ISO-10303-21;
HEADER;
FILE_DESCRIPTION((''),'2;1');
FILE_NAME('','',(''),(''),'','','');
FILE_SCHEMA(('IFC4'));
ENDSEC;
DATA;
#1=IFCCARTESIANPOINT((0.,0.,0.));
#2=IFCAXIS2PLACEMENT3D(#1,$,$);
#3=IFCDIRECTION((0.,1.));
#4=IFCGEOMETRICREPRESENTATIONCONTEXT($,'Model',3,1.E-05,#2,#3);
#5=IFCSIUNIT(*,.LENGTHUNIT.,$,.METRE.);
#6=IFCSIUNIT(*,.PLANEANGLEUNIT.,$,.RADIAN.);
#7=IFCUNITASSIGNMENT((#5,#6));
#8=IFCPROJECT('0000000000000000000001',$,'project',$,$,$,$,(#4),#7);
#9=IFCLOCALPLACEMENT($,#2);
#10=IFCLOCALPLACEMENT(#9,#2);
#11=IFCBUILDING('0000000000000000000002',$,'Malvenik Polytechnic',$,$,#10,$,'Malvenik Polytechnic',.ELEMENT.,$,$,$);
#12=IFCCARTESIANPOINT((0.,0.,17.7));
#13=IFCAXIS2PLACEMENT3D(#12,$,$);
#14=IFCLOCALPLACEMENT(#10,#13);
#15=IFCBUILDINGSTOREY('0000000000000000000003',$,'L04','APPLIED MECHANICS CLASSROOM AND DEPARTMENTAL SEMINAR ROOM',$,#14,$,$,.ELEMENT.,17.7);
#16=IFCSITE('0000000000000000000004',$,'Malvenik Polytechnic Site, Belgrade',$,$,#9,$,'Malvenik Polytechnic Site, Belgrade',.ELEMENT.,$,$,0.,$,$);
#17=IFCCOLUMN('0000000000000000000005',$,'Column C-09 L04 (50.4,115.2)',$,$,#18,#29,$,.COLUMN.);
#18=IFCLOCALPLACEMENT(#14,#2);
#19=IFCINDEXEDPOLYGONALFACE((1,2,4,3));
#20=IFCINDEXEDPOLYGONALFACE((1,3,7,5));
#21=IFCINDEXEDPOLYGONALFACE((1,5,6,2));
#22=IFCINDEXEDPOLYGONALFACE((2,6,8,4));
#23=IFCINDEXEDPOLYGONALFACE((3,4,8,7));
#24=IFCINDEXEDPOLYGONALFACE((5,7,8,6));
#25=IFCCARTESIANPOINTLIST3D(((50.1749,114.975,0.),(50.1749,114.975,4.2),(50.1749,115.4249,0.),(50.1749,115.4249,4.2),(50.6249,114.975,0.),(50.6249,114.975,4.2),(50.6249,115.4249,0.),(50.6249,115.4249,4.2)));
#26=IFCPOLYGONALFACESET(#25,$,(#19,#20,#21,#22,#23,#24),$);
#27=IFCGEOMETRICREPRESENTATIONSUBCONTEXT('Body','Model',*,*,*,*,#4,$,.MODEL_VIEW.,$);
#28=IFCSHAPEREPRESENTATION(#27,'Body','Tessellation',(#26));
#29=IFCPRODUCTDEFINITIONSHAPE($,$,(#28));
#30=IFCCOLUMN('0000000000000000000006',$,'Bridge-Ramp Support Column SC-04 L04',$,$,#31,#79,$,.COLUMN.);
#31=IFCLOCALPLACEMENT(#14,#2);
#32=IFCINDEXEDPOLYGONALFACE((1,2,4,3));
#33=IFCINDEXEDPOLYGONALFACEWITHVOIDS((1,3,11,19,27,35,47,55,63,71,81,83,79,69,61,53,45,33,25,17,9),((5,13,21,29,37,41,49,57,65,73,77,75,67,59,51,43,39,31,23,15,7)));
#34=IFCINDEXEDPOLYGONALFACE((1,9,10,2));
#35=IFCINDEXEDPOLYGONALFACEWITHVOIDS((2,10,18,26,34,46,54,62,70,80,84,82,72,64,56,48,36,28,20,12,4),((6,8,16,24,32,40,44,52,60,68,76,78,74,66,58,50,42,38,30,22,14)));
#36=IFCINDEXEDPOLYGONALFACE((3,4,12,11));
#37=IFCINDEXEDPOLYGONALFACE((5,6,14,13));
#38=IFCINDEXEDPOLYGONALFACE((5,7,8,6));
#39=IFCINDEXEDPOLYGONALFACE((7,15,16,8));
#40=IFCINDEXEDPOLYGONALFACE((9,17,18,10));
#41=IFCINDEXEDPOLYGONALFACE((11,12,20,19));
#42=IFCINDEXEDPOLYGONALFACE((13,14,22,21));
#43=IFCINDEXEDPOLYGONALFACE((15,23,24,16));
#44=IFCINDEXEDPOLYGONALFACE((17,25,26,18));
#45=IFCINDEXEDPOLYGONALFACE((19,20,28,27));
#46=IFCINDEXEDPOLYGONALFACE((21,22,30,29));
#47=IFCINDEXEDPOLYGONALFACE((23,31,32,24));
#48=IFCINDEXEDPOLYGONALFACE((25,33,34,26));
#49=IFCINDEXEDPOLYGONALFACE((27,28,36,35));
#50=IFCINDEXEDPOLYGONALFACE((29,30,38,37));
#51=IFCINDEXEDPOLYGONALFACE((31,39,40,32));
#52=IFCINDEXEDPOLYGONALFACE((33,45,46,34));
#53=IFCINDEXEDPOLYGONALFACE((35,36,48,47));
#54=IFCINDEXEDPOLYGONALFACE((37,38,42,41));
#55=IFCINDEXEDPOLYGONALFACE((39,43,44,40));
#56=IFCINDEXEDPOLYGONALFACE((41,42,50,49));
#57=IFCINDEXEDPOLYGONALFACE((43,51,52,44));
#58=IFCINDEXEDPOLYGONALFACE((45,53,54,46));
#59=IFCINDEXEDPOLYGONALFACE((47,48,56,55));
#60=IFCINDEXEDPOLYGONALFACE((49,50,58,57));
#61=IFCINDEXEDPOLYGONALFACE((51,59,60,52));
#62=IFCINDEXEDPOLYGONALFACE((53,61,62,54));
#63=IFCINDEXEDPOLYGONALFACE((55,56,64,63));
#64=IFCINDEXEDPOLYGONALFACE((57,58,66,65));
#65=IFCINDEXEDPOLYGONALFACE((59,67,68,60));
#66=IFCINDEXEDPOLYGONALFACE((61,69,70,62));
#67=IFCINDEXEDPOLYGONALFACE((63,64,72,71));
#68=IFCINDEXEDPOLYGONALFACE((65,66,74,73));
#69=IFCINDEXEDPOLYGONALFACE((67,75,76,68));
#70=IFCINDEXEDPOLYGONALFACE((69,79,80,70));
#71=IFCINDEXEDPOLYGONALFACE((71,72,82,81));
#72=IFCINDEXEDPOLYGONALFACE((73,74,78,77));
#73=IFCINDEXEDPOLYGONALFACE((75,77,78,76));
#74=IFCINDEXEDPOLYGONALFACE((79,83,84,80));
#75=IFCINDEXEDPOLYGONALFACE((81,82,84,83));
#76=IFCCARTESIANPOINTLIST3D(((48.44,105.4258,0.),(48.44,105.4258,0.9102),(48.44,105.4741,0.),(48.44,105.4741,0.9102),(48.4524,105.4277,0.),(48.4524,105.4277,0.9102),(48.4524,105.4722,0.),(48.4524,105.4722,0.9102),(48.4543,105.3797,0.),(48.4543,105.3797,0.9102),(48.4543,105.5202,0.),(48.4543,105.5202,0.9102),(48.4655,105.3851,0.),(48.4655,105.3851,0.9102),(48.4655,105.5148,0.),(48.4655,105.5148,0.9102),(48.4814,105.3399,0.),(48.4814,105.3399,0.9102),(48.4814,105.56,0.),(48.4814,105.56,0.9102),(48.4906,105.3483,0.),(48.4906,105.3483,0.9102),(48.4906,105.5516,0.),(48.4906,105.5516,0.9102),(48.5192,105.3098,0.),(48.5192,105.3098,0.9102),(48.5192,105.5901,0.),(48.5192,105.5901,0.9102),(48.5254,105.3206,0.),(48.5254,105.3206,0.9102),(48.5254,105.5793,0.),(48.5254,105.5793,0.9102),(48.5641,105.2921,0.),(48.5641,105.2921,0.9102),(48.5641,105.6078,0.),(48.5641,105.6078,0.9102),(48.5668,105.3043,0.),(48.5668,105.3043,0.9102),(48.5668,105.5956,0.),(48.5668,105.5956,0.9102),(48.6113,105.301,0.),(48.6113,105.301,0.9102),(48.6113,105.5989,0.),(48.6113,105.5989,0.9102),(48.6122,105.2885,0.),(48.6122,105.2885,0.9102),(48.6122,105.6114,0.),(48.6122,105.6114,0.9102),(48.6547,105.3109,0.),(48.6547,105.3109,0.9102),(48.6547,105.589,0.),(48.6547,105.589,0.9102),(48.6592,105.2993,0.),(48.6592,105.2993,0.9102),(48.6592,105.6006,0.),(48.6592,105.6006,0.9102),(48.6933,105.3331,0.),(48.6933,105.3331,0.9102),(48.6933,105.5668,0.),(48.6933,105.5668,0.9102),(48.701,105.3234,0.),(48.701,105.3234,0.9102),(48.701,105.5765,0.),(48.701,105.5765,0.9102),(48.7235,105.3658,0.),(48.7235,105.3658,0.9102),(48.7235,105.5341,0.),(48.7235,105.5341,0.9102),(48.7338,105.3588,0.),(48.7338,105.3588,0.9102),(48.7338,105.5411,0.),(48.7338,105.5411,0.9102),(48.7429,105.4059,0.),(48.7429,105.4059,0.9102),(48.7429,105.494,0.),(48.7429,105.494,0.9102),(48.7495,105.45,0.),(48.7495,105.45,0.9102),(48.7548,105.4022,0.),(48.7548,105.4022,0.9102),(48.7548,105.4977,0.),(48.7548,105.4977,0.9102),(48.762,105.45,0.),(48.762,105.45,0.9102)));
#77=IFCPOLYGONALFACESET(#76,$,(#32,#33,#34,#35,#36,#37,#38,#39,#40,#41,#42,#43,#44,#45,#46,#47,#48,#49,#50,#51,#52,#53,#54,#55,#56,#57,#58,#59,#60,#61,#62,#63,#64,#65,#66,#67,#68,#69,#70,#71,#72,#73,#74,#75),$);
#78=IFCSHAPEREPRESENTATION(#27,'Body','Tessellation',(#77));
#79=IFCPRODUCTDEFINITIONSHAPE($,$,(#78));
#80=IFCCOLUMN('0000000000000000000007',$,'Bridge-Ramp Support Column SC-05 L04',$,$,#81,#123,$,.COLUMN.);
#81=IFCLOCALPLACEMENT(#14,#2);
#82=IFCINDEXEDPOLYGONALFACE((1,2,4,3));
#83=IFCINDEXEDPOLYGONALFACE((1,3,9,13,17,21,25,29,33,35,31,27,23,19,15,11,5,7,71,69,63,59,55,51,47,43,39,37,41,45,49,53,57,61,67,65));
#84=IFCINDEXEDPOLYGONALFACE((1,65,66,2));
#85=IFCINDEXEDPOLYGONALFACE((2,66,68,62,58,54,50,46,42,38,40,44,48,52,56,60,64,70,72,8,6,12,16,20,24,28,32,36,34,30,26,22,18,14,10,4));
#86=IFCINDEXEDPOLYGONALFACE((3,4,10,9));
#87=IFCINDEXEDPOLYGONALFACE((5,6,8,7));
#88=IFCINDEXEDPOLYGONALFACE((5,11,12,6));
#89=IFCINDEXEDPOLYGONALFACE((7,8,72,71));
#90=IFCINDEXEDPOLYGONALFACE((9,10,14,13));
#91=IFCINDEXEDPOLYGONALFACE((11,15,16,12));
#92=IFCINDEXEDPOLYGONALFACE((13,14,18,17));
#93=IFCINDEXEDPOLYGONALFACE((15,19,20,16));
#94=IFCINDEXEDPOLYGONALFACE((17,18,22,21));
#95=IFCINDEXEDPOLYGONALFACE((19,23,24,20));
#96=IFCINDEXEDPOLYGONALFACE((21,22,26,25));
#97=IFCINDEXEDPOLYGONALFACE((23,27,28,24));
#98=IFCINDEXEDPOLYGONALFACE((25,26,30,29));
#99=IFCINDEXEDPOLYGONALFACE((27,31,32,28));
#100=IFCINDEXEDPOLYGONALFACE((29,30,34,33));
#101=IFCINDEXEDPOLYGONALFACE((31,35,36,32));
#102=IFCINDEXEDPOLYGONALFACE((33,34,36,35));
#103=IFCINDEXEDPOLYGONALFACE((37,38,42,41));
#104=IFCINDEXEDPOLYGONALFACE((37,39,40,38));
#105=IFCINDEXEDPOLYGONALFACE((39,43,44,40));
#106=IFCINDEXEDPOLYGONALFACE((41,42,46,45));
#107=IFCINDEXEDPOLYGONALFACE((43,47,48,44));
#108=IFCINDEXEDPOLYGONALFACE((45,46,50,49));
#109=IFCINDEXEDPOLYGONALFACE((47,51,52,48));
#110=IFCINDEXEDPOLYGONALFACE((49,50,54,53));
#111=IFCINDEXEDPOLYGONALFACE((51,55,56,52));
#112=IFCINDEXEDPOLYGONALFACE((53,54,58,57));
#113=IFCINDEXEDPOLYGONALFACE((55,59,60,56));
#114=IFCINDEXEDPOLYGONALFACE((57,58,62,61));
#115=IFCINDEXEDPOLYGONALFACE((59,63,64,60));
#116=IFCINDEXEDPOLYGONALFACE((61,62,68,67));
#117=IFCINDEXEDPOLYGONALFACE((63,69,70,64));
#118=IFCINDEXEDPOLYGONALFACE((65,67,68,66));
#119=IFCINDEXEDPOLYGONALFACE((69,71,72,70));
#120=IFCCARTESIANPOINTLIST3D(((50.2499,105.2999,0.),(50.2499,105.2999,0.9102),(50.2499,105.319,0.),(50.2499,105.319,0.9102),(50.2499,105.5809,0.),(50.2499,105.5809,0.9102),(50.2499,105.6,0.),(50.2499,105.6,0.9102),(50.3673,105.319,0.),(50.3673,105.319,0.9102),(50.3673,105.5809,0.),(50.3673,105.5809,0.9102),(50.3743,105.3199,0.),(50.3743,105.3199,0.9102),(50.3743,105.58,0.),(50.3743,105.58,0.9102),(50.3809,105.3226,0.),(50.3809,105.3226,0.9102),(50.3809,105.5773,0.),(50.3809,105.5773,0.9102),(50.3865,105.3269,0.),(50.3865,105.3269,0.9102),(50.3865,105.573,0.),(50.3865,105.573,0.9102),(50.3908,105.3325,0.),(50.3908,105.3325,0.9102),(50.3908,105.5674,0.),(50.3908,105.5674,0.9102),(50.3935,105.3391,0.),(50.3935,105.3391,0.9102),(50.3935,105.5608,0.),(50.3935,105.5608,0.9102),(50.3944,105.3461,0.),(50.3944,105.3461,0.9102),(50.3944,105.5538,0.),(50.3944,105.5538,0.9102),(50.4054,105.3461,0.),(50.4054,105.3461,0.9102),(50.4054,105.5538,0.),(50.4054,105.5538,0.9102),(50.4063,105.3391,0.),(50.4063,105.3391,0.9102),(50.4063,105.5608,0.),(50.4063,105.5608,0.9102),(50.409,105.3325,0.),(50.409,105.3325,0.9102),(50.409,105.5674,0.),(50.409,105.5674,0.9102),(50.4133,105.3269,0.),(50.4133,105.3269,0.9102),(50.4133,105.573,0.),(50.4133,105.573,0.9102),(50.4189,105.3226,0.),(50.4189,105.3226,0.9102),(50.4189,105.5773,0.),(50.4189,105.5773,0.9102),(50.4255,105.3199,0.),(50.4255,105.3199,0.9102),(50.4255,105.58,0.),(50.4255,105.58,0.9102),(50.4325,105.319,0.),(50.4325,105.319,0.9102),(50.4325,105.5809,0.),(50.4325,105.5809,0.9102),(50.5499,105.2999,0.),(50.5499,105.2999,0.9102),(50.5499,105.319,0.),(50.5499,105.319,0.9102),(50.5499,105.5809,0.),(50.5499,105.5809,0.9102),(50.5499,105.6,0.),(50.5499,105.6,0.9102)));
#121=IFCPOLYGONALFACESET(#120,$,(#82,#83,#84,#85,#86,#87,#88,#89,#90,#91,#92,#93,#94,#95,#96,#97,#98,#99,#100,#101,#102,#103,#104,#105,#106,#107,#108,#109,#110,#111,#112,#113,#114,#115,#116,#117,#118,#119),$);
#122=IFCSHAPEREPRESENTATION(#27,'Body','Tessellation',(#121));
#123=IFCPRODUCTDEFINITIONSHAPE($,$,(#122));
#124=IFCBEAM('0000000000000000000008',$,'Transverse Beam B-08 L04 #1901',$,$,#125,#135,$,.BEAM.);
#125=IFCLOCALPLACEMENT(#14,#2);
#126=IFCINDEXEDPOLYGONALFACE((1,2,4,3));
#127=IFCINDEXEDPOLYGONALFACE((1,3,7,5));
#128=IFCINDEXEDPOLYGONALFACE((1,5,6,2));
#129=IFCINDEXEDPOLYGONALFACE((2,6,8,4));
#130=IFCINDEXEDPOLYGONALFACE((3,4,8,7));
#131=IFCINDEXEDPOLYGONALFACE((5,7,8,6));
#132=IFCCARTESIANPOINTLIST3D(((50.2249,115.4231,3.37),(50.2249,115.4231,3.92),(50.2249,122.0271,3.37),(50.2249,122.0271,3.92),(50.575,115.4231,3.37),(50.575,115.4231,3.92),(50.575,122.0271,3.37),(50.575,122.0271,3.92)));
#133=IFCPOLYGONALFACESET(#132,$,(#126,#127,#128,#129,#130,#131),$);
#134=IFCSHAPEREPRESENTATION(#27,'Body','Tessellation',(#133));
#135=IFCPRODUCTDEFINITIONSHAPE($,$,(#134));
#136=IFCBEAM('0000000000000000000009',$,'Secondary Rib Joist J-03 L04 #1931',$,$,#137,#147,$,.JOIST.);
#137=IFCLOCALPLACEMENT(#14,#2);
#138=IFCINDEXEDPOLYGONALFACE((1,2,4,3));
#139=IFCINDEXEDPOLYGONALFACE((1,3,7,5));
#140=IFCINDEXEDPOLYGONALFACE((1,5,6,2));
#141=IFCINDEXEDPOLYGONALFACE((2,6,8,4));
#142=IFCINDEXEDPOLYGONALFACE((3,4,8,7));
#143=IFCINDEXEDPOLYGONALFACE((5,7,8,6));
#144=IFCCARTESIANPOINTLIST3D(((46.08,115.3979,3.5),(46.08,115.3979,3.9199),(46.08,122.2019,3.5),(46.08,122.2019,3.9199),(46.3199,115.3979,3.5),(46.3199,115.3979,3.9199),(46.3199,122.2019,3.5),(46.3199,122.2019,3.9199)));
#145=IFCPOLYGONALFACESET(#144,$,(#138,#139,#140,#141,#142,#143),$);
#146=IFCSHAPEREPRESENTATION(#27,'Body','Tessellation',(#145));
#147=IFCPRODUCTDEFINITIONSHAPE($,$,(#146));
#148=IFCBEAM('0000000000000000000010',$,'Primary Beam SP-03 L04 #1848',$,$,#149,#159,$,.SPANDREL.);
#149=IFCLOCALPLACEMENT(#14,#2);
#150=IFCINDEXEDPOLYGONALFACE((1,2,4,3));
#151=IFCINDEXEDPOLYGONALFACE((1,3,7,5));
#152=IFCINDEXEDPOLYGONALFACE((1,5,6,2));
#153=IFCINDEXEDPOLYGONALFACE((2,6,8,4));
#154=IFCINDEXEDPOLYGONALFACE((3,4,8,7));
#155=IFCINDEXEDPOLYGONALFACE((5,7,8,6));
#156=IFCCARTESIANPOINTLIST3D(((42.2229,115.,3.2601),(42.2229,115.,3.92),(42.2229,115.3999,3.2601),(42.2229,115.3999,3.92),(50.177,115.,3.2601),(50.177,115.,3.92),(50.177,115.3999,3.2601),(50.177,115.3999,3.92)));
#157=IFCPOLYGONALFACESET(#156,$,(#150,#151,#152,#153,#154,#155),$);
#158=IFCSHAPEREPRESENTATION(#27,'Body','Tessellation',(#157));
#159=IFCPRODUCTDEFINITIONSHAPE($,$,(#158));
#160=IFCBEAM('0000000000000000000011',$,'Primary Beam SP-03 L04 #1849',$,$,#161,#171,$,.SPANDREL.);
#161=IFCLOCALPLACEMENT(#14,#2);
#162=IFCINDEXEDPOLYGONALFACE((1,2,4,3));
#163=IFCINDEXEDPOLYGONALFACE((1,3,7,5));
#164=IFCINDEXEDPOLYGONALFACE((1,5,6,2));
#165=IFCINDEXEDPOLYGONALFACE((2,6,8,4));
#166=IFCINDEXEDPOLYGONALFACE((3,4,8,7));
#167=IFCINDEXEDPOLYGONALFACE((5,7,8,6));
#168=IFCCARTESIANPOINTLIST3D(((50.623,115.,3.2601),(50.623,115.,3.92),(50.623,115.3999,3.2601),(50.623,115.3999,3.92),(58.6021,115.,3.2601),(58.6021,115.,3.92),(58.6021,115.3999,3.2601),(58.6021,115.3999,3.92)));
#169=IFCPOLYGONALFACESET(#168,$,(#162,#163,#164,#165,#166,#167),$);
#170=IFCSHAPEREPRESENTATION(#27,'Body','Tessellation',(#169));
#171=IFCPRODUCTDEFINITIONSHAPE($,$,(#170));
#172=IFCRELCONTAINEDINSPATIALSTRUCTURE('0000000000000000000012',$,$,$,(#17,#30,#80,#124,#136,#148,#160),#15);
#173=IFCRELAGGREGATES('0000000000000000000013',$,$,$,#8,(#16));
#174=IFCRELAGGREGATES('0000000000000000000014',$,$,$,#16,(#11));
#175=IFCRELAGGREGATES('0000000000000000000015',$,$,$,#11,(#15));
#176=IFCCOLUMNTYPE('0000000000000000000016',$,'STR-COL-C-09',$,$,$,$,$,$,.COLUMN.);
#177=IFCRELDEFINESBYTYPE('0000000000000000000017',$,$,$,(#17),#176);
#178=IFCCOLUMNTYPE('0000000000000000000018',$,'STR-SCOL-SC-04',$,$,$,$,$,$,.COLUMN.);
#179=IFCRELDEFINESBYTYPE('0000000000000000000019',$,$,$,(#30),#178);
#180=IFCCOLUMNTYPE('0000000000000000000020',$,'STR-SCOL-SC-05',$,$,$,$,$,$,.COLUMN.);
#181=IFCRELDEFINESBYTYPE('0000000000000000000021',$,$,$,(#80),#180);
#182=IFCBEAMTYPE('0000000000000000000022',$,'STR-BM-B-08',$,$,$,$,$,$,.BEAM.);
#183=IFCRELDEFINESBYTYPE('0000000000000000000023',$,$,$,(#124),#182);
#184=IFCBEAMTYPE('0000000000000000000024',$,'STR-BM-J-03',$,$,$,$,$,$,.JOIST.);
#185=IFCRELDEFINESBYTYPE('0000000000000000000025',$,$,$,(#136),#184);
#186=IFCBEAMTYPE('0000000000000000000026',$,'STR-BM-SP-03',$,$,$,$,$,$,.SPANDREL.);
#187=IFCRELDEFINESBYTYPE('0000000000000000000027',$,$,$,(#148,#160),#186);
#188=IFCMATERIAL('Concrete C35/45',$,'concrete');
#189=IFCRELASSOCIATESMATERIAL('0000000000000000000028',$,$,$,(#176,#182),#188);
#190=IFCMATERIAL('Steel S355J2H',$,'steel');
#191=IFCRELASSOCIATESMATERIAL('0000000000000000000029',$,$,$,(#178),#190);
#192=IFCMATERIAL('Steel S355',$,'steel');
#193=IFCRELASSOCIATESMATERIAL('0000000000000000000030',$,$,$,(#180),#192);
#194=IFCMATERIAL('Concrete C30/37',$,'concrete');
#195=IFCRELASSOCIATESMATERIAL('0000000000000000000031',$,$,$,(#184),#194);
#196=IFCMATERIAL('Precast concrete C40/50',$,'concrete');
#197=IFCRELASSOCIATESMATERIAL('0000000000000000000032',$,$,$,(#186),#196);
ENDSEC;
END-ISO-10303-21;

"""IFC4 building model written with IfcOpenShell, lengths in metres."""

from ifc_helpers import new_model, si_unit, direction, frame, origin, origin_2d, place, context, subcontext, project, spatial, rectangle, hollow_circle, i_section, extrude, material, material_profile, profile_set, type_object, element, save


model = new_model("IFC4")

# Units and contexts
model_context = context("Model", 3, precision=1e-05, world=origin(), true_north=direction((0.0, 1.0)))
body_context = subcontext(model_context, "Body", "Model", "MODEL_VIEW")
ifc_project = project(units=[si_unit("LENGTHUNIT", "METRE"), si_unit("PLANEANGLEUNIT", "RADIAN")], contexts=[model_context])

# Site, building, storey
site_placement = place(None, origin())
site = spatial("IfcSite", under=ifc_project, at=site_placement, Name="Malvenik Polytechnic Site, Belgrade", LongName="Malvenik Polytechnic Site, Belgrade", CompositionType="ELEMENT", RefElevation=0.0)
building_placement = place(site_placement, origin())
building = spatial("IfcBuilding", under=site, at=building_placement, Name="Malvenik Polytechnic", LongName="Malvenik Polytechnic", CompositionType="ELEMENT")
storey_placement = place(building_placement, frame((0.0, 0.0, 17.7)))
storey = spatial("IfcBuildingStorey", under=building, at=storey_placement, Name="L04", Description="APPLIED MECHANICS CLASSROOM AND DEPARTMENTAL SEMINAR ROOM", CompositionType="ELEMENT", Elevation=17.7)

# Columns
ifc_material_1 = material(Name="Concrete C35/45", Category="concrete")
ifc_material_profile_1 = material_profile(ifc_material_1, rectangle(XDim=0.45, YDim=0.45, at=origin_2d()), Name="RC COL 450x450")
ifc_profile_set_1 = profile_set([ifc_material_profile_1], Name="Concrete C35/45")
column_type_1 = type_object("IfcColumnType", Name="STR-COL-C-09", PredefinedType="COLUMN", material=ifc_profile_set_1)
column_1_placement = place(storey_placement, frame((50.3999, 115.2, 0.0), z_axis=(0.0, 0.0, 1.0), x_axis=(1.0, 0.0, 0.0)))
element("IfcColumn", 1, at=column_1_placement, inside=storey, type_object=column_type_1, Name="Column C-09 L04 (50.4,115.2)", PredefinedType="COLUMN", context=body_context, shape_type="SweptSolid", body=[
    extrude(rectangle(XDim=0.45, YDim=0.45, at=origin_2d()), origin(), (0.0, 0.0, 1.0), 4.2),
])
ifc_material_2 = material(Name="Steel S355J2H", Category="steel")
ifc_material_profile_2 = material_profile(ifc_material_2, hollow_circle(Radius=0.1619, WallThickness=0.0125, at=origin_2d()), Name="CHS 323.9x12.5")
ifc_profile_set_2 = profile_set([ifc_material_profile_2], Name="Steel S355J2H")
column_type_2 = type_object("IfcColumnType", Name="STR-SCOL-SC-04", PredefinedType="COLUMN", material=ifc_profile_set_2)
column_2_placement = place(storey_placement, frame((48.6001, 105.45, 0.0), z_axis=(0.0, 0.0, 1.0), x_axis=(1.0, 0.0, 0.0)))
element("IfcColumn", 2, at=column_2_placement, inside=storey, type_object=column_type_2, Name="Bridge-Ramp Support Column SC-04 L04", PredefinedType="COLUMN", context=body_context, shape_type="SweptSolid", body=[
    extrude(hollow_circle(Radius=0.1619, WallThickness=0.0125, at=origin_2d()), origin(), (0.0, 0.0, 1.0), 0.9102),
])
ifc_material_3 = material(Name="Steel S355", Category="steel")
ifc_material_profile_3 = material_profile(ifc_material_3, i_section(OverallWidth=0.3, OverallDepth=0.3, WebThickness=0.011, FlangeThickness=0.019, FilletRadius=0.0271, at=origin_2d()), Name="HEB 300")
ifc_profile_set_3 = profile_set([ifc_material_profile_3], Name="Steel S355")
column_type_3 = type_object("IfcColumnType", Name="STR-SCOL-SC-05", PredefinedType="COLUMN", material=ifc_profile_set_3)
column_3_placement = place(storey_placement, frame((50.3999, 105.45, 0.0), z_axis=(0.0, 0.0, 1.0), x_axis=(1.0, 0.0, 0.0)))
element("IfcColumn", 3, at=column_3_placement, inside=storey, type_object=column_type_3, Name="Bridge-Ramp Support Column SC-05 L04", PredefinedType="COLUMN", context=body_context, shape_type="SweptSolid", body=[
    extrude(i_section(OverallWidth=0.3, OverallDepth=0.3, WebThickness=0.011, FlangeThickness=0.019, FilletRadius=0.0271, at=origin_2d()), origin(), (0.0, 0.0, 1.0), 0.9102),
])

# Beams
ifc_material_profile_4 = material_profile(ifc_material_1, rectangle(XDim=0.3501, YDim=0.55, at=origin_2d()), Name="RC BM 350x550")
ifc_profile_set_4 = profile_set([ifc_material_profile_4], Name="Concrete C35/45")
beam_type_1 = type_object("IfcBeamType", Name="STR-BM-B-08", PredefinedType="BEAM", material=ifc_profile_set_4)
beam_1_placement = place(storey_placement, frame((50.3999, 115.4231, 3.645), z_axis=(0.0, 1.0, 0.0), x_axis=(-1.0, 0.0, 0.0)))
element("IfcBeam", 4, at=beam_1_placement, inside=storey, type_object=beam_type_1, Name="Transverse Beam B-08 L04 #1901", PredefinedType="BEAM", context=body_context, shape_type="SweptSolid", body=[
    extrude(rectangle(XDim=0.3501, YDim=0.55, at=origin_2d()), origin(), (0.0, 0.0, 1.0), 6.604),
])
ifc_material_4 = material(Name="Concrete C30/37", Category="concrete")
ifc_material_profile_5 = material_profile(ifc_material_4, rectangle(XDim=0.24, YDim=0.4199, at=origin_2d()), Name="RC JST 240x420")
ifc_profile_set_5 = profile_set([ifc_material_profile_5], Name="Concrete C30/37")
beam_type_2 = type_object("IfcBeamType", Name="STR-BM-J-03", PredefinedType="JOIST", material=ifc_profile_set_5)
beam_2_placement = place(storey_placement, frame((46.2, 115.3979, 3.71), z_axis=(0.0, 1.0, 0.0), x_axis=(-1.0, 0.0, 0.0)))
element("IfcBeam", 5, at=beam_2_placement, inside=storey, type_object=beam_type_2, Name="Secondary Rib Joist J-03 L04 #1931", PredefinedType="JOIST", context=body_context, shape_type="SweptSolid", body=[
    extrude(rectangle(XDim=0.24, YDim=0.4199, at=origin_2d()), origin(), (0.0, 0.0, 1.0), 6.804),
])
ifc_material_5 = material(Name="Precast concrete C40/50", Category="concrete")
ifc_material_profile_6 = material_profile(ifc_material_5, rectangle(XDim=0.3999, YDim=0.6599, at=origin_2d()), Name="PC SPN 400x660")
ifc_profile_set_6 = profile_set([ifc_material_profile_6], Name="Precast concrete C40/50")
beam_type_3 = type_object("IfcBeamType", Name="STR-BM-SP-03", PredefinedType="SPANDREL", material=ifc_profile_set_6)
beam_3_placement = place(storey_placement, frame((42.2229, 115.2, 3.5901), z_axis=(1.0, 0.0, 0.0), x_axis=(0.0, 1.0, 0.0)))
element("IfcBeam", 6, at=beam_3_placement, inside=storey, type_object=beam_type_3, Name="Primary Beam SP-03 L04 #1848", PredefinedType="SPANDREL", context=body_context, shape_type="SweptSolid", body=[
    extrude(rectangle(XDim=0.3999, YDim=0.6599, at=origin_2d()), origin(), (0.0, 0.0, 1.0), 7.9541),
])
beam_4_placement = place(storey_placement, frame((50.623, 115.2, 3.5901), z_axis=(1.0, 0.0, 0.0), x_axis=(0.0, 1.0, 0.0)))
element("IfcBeam", 7, at=beam_4_placement, inside=storey, type_object=beam_type_3, Name="Primary Beam SP-03 L04 #1849", PredefinedType="SPANDREL", context=body_context, shape_type="SweptSolid", body=[
    extrude(rectangle(XDim=0.3999, YDim=0.6599, at=origin_2d()), origin(), (0.0, 0.0, 1.0), 7.979),
])

save(model, "model.ifc")
